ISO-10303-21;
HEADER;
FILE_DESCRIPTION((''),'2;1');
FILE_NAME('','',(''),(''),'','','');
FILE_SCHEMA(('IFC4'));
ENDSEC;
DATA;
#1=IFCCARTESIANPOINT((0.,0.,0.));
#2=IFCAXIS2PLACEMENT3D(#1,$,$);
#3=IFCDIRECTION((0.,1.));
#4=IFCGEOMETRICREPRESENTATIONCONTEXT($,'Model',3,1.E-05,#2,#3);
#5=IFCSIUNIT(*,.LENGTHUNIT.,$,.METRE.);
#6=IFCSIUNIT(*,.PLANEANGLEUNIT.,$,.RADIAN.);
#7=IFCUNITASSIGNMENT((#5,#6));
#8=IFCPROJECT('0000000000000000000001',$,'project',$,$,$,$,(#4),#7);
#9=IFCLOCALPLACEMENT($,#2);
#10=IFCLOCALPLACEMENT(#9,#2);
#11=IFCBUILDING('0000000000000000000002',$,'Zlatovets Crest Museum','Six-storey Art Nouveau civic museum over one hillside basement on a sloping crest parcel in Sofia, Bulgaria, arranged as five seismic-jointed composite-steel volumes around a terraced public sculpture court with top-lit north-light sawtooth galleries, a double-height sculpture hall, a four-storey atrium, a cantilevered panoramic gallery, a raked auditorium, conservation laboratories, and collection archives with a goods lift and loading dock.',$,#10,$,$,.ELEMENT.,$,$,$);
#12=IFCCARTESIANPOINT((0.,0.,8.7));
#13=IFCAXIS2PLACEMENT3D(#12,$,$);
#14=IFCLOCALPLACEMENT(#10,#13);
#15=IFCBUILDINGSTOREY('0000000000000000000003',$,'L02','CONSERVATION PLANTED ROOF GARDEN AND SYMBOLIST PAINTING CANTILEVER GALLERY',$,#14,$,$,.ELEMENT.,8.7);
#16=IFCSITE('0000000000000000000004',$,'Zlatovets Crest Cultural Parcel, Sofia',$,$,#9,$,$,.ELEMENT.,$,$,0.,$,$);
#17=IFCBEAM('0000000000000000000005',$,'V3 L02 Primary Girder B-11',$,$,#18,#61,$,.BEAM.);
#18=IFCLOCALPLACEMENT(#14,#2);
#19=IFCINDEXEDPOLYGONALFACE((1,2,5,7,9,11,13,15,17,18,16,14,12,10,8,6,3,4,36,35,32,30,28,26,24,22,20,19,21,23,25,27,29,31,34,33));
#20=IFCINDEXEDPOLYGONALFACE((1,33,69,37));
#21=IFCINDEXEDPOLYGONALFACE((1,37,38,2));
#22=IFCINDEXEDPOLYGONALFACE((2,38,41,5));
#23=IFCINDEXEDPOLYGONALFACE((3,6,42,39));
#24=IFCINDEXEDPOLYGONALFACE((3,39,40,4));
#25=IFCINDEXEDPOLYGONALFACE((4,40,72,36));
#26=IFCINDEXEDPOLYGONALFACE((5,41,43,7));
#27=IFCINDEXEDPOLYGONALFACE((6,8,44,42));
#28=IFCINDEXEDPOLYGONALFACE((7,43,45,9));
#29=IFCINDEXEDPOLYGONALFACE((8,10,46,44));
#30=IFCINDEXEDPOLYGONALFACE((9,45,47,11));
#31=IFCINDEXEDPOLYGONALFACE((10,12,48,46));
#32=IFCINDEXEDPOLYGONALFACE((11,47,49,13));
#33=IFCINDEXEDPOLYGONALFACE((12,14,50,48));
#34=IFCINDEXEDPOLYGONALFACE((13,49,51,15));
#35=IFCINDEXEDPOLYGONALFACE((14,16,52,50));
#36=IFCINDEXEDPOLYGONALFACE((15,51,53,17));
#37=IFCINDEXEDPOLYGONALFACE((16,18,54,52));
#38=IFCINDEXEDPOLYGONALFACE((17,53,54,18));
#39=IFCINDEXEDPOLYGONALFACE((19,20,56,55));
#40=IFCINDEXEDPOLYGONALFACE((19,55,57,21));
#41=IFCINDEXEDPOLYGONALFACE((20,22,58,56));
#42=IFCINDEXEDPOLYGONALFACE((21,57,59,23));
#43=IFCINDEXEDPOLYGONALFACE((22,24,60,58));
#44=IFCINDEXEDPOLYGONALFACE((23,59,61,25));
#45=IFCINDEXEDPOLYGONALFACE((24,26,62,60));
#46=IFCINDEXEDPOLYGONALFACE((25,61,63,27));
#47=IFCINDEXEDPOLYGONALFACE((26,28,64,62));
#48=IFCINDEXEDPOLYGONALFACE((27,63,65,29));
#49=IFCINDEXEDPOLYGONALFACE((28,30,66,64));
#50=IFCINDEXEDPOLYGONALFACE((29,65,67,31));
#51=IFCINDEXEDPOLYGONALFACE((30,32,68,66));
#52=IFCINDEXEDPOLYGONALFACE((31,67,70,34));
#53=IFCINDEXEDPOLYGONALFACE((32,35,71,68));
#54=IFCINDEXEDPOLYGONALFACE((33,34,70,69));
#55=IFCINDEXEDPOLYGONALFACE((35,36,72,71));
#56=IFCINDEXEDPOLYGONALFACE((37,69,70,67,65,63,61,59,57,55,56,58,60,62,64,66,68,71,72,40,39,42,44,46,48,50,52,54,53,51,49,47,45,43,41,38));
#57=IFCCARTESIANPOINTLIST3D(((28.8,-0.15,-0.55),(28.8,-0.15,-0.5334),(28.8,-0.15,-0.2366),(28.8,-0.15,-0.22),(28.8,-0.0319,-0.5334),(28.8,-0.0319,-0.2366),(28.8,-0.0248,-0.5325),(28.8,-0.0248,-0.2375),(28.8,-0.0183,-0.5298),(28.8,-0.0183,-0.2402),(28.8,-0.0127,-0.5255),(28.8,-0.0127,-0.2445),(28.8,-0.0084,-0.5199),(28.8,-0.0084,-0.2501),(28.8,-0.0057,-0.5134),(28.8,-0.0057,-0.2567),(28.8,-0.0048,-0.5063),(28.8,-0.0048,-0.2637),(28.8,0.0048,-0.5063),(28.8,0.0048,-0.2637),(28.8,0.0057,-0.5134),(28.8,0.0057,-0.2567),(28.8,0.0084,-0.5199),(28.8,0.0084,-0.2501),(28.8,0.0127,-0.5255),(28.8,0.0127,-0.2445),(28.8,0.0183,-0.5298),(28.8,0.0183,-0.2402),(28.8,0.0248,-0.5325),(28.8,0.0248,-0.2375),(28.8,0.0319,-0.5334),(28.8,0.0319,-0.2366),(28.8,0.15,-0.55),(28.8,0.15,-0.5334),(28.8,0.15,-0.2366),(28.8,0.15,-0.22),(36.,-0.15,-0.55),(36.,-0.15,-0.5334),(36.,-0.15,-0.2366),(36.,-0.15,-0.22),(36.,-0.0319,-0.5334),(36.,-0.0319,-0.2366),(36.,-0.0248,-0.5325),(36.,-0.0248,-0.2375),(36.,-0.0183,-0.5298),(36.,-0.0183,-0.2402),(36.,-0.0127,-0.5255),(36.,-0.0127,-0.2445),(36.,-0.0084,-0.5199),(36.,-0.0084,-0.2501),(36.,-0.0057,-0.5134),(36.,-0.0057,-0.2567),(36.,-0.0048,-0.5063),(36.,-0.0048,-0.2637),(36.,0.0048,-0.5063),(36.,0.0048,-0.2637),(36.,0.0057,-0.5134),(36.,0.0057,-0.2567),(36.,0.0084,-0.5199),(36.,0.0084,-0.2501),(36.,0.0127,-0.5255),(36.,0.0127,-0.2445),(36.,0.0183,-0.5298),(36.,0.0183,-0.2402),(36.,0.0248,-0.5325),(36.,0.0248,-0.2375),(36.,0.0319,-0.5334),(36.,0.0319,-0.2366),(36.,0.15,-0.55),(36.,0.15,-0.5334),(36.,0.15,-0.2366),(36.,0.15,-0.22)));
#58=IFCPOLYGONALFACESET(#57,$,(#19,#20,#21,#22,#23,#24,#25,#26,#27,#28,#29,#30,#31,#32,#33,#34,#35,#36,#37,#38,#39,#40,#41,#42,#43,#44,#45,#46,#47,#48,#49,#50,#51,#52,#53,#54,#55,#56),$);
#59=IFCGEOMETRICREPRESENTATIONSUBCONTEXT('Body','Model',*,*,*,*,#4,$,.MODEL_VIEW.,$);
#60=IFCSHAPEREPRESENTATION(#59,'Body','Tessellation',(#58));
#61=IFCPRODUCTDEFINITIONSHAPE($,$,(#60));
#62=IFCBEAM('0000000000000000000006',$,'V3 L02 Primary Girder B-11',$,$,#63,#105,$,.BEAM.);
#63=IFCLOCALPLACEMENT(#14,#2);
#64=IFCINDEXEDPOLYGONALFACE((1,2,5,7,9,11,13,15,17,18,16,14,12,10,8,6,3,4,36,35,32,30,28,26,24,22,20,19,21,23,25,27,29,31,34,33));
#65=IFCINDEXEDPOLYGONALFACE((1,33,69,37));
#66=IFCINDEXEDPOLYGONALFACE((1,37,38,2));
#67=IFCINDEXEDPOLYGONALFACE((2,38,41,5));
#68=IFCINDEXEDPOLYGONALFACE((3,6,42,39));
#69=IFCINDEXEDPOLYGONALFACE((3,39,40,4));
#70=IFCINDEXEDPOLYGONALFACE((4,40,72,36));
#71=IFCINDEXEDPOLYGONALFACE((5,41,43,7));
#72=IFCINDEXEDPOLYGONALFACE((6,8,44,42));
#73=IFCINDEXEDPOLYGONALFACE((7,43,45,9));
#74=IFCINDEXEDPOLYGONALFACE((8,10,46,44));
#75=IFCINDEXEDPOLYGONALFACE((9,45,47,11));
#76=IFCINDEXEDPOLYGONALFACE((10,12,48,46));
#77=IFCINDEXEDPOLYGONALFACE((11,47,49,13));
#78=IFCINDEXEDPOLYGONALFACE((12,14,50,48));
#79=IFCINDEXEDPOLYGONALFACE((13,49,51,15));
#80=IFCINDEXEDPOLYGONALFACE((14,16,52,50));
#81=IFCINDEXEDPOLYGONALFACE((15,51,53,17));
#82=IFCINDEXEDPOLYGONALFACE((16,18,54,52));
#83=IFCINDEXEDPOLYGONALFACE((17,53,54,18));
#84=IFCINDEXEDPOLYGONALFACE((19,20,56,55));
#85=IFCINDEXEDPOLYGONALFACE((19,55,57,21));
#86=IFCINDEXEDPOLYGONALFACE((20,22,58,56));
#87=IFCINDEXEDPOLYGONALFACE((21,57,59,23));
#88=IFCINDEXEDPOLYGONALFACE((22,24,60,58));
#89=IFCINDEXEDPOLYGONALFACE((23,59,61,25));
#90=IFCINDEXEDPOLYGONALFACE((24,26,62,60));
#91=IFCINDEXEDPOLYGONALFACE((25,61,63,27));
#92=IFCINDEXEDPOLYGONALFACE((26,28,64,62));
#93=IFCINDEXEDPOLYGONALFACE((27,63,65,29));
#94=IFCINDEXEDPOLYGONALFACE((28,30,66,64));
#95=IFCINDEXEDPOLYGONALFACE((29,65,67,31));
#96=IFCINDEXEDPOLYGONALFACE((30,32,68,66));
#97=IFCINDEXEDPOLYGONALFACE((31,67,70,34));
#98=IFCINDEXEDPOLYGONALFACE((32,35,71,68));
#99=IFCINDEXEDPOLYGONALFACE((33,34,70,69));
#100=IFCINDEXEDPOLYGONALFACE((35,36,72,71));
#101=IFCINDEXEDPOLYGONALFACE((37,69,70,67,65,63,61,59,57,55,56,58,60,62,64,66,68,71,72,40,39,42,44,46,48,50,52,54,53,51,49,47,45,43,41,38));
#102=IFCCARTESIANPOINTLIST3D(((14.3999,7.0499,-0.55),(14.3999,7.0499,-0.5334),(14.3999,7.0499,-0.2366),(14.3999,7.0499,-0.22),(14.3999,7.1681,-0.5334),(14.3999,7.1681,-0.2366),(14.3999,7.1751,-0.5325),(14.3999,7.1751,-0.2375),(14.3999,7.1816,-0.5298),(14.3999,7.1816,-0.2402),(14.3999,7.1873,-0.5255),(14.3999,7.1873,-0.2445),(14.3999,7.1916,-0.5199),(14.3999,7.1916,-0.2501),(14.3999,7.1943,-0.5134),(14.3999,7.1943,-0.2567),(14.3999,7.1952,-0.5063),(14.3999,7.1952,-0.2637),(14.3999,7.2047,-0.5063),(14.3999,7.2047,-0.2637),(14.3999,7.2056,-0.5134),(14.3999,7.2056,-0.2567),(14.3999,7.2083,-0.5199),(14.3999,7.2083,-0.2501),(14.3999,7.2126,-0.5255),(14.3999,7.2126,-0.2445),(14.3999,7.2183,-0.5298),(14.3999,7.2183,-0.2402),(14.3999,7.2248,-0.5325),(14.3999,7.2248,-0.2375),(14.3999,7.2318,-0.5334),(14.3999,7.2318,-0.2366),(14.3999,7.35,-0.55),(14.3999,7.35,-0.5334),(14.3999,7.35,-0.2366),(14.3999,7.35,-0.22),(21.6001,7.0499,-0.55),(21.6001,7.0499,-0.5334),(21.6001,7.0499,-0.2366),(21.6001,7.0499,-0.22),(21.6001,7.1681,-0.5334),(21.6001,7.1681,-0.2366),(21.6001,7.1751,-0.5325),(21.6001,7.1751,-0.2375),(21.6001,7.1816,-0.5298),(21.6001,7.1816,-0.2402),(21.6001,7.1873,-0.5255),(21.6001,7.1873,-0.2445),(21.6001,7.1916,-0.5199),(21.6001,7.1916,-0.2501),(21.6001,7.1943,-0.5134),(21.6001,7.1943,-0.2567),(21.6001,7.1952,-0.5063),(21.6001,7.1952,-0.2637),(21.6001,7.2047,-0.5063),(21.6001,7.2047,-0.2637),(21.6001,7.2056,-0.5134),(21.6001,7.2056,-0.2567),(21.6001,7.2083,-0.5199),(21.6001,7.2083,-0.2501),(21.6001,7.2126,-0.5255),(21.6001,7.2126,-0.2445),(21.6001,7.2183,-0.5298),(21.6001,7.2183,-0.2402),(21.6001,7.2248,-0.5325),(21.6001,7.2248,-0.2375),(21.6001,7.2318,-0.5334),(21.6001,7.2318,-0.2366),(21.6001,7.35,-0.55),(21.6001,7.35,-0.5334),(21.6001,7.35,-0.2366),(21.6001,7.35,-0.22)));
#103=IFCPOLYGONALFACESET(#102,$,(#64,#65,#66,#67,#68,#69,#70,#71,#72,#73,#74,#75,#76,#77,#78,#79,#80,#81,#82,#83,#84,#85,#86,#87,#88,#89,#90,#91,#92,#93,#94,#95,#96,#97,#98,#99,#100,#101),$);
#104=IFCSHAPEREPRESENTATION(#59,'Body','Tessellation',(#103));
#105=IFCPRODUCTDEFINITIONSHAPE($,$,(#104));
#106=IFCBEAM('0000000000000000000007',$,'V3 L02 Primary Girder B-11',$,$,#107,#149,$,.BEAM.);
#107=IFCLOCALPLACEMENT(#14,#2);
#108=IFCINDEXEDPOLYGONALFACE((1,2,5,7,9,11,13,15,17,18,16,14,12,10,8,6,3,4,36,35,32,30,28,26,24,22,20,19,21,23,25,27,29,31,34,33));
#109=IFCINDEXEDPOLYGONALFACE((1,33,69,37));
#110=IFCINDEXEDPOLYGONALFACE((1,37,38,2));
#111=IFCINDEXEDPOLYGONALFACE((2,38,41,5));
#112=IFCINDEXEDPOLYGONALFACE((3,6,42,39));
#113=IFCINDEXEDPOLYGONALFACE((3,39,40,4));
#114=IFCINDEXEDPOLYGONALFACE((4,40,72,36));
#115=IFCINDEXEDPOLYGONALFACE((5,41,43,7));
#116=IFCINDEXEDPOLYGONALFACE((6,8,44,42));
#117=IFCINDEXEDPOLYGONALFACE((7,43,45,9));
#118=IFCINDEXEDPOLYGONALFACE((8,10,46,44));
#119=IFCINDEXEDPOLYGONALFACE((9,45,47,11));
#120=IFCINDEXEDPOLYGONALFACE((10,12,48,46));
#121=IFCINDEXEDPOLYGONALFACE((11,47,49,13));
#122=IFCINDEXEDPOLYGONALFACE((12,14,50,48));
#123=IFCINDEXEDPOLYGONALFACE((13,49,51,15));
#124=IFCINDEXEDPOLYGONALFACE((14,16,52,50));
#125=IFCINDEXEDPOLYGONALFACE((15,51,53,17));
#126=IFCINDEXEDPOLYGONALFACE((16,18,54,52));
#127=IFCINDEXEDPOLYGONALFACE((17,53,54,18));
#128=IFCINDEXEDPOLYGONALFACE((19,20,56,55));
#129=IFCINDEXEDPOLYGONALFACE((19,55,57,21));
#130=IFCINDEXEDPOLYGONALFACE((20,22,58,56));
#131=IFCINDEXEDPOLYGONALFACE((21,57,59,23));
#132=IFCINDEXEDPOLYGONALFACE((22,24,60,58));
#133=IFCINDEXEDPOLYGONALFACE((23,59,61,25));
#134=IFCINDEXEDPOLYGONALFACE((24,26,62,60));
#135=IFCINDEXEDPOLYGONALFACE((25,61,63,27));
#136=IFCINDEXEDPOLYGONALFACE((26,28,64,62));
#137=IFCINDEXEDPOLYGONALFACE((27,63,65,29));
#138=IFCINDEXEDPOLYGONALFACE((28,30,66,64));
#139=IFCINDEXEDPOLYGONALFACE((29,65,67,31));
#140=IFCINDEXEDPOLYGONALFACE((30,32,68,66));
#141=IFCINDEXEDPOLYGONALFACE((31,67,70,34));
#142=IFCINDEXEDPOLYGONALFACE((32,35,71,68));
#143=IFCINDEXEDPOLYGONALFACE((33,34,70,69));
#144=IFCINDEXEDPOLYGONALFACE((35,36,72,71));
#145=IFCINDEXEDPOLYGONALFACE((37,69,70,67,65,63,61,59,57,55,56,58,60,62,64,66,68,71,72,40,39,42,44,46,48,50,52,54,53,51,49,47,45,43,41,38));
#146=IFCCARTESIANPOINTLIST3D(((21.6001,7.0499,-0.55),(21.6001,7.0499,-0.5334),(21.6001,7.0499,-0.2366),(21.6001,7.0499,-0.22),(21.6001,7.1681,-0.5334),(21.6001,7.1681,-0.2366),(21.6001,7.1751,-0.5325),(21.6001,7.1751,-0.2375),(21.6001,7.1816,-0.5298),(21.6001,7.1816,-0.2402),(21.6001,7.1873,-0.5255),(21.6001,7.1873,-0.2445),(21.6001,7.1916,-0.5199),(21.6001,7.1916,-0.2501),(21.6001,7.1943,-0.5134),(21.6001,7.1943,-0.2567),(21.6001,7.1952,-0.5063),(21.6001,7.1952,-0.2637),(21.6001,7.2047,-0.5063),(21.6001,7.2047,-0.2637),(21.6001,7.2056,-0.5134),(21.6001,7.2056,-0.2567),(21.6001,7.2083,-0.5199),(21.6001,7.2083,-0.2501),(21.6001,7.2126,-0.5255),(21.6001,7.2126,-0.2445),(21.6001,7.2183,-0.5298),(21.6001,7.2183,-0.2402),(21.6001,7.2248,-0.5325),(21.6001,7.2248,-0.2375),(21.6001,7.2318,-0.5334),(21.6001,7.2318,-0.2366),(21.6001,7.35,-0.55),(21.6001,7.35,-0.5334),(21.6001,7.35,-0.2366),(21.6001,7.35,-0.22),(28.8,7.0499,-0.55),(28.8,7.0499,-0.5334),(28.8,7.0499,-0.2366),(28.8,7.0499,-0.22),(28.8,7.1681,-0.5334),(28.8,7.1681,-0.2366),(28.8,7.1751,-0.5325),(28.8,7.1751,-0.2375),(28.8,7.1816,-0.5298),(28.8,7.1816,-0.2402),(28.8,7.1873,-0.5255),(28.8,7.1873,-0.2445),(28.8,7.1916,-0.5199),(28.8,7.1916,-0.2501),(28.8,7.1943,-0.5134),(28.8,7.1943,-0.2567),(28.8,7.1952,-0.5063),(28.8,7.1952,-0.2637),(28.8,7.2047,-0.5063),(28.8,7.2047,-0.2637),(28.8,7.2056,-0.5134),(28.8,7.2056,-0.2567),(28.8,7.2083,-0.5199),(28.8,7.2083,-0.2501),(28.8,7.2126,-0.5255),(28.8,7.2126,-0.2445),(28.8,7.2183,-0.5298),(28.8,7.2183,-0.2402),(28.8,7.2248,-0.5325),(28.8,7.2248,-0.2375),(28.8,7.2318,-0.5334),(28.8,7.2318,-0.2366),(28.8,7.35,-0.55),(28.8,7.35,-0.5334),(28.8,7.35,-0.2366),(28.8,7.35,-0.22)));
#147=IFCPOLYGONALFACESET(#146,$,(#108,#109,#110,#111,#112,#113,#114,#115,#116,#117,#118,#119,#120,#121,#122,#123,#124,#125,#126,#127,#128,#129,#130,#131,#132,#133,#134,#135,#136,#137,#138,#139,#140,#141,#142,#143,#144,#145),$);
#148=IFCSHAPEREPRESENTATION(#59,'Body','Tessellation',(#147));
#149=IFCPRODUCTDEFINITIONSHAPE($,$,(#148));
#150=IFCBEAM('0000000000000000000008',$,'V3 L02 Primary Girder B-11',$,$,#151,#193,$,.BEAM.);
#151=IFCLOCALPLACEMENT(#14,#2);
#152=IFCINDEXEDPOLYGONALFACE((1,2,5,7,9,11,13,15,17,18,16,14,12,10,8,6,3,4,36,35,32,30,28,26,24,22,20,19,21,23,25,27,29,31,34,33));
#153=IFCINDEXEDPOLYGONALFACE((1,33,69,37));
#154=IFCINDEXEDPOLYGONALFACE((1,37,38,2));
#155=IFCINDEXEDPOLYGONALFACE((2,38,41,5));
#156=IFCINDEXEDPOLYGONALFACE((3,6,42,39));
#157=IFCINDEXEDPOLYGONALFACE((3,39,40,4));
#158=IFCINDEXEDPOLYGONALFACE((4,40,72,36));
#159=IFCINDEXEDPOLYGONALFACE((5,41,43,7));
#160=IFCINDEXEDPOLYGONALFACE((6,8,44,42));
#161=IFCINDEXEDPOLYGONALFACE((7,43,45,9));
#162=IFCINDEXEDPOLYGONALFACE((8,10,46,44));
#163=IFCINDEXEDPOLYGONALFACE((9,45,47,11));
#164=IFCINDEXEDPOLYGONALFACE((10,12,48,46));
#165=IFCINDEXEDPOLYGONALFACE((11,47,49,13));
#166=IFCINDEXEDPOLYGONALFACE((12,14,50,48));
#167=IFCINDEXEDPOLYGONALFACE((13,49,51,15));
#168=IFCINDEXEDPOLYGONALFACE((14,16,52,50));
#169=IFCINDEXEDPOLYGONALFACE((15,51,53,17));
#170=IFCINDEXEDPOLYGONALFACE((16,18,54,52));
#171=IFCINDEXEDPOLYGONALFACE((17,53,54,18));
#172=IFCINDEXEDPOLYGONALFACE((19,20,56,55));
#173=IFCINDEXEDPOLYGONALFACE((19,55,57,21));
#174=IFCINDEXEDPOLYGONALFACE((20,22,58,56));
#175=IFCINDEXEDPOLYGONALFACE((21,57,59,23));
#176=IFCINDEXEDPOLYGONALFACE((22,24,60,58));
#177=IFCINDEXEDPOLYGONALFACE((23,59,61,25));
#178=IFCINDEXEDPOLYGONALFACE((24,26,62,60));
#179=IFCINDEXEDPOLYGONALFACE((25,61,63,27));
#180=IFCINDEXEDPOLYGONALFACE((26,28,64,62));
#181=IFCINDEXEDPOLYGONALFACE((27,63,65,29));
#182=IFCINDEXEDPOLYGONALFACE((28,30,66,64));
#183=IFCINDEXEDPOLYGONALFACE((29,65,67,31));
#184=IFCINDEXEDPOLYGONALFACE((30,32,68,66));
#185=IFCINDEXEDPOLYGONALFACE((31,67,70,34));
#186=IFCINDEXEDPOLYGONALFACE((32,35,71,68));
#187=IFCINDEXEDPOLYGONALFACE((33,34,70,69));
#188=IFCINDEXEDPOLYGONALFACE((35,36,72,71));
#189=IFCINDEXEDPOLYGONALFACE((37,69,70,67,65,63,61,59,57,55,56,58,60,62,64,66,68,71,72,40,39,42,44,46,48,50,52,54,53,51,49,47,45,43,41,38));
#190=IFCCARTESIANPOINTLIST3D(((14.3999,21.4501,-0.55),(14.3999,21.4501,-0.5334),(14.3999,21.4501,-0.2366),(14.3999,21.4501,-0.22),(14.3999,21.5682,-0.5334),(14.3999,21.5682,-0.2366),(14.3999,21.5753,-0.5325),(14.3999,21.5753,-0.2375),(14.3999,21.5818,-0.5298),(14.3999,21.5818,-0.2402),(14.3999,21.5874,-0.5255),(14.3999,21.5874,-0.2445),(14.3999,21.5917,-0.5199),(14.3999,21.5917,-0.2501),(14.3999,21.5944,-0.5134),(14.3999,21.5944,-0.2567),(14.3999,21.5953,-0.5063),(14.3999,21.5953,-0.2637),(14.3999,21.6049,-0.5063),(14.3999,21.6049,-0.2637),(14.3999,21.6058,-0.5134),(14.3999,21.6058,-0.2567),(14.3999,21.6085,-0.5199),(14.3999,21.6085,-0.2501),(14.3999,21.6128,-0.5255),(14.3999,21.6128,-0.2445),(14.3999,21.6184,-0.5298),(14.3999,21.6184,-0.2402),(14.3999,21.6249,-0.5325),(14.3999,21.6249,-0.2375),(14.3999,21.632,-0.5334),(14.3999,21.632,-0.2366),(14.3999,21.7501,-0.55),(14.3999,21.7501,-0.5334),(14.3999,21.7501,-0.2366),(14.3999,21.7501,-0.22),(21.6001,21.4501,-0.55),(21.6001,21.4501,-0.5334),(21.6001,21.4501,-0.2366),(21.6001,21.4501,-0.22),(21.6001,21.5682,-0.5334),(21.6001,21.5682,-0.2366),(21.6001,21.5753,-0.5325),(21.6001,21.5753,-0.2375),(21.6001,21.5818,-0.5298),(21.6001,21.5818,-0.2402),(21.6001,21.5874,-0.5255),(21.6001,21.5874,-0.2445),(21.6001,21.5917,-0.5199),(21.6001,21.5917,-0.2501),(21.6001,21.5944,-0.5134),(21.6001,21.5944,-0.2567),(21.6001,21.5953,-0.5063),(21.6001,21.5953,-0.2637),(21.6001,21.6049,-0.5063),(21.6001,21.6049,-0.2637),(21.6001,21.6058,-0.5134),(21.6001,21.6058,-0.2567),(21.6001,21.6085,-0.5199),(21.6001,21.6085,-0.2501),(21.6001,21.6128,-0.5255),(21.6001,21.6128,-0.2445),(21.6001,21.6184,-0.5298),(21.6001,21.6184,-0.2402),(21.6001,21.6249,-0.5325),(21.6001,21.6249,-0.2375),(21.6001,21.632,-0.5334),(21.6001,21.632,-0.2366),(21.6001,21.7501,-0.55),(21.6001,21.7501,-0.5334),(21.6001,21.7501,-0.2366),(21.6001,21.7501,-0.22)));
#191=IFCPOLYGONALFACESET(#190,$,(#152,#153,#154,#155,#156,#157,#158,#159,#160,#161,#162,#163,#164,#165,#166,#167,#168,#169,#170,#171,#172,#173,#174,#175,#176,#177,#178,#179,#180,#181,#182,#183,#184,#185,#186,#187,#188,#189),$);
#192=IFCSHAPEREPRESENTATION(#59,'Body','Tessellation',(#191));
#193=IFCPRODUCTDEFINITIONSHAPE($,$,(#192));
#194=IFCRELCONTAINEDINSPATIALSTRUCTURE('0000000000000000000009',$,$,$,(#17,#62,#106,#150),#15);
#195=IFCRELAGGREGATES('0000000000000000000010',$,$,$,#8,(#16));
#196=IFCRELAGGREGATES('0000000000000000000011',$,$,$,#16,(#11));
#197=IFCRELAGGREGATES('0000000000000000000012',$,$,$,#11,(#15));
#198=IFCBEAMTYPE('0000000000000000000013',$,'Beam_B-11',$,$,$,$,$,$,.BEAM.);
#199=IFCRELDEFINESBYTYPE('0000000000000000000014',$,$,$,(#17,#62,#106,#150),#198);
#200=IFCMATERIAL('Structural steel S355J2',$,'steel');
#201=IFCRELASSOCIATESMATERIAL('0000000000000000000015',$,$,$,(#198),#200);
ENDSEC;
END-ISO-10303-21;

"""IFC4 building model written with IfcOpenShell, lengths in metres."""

from ifc_helpers import new_model, si_unit, direction, frame, origin, origin_2d, place, context, subcontext, project, spatial, i_section, extrude, material, material_profile, profile_set, type_object, element, save


model = new_model("IFC4")

# Units and contexts
model_context = context("Model", 3, precision=1e-05, world=origin(), true_north=direction((0.0, 1.0)))
body_context = subcontext(model_context, "Body", "Model", "MODEL_VIEW")
ifc_project = project(units=[si_unit("LENGTHUNIT", "METRE"), si_unit("PLANEANGLEUNIT", "RADIAN")], contexts=[model_context])

# Site, building, storey
site_placement = place(None, origin())
site = spatial("IfcSite", under=ifc_project, at=site_placement, Name="Zlatovets Crest Cultural Parcel, Sofia", CompositionType="ELEMENT", RefElevation=0.0)
building_placement = place(site_placement, origin())
building = spatial("IfcBuilding", under=site, at=building_placement, Name="Zlatovets Crest Museum", Description="Six-storey Art Nouveau civic museum over one hillside basement on a sloping crest parcel in Sofia, Bulgaria, arranged as five seismic-jointed composite-steel volumes around a terraced public sculpture court with top-lit north-light sawtooth galleries, a double-height sculpture hall, a four-storey atrium, a cantilevered panoramic gallery, a raked auditorium, conservation laboratories, and collection archives with a goods lift and loading dock.", CompositionType="ELEMENT")
storey_placement = place(building_placement, frame((0.0, 0.0, 8.7)))
storey = spatial("IfcBuildingStorey", under=building, at=storey_placement, Name="L02", Description="CONSERVATION PLANTED ROOF GARDEN AND SYMBOLIST PAINTING CANTILEVER GALLERY", CompositionType="ELEMENT", Elevation=8.7)

# Shared definitions
ifc_material_1 = material(Name="Structural steel S355J2", Category="steel")

# Beams
ifc_material_profile_1 = material_profile(ifc_material_1, i_section(OverallWidth=0.3, OverallDepth=0.3301, WebThickness=0.0095, FlangeThickness=0.0166, FilletRadius=0.0271, at=origin_2d()), Name="HEA 340")
ifc_profile_set_1 = profile_set([ifc_material_profile_1], Name="Structural steel S355J2")
beam_type_1 = type_object("IfcBeamType", Name="Beam_B-11", PredefinedType="BEAM", material=ifc_profile_set_1)
for number, where, z_axis, x_axis, name in (
    (1, (28.8, 0.0, -0.385), (1.0, 0.0, 0.0), (0.0, 1.0, 0.0), "V3 L02 Primary Girder B-11"),
):
    element("IfcBeam", number, at=place(storey_placement, frame(where, z_axis=z_axis, x_axis=x_axis)), inside=storey, type_object=beam_type_1, Name=name, PredefinedType="BEAM", context=body_context, shape_type="SweptSolid", body=[
        extrude(i_section(OverallWidth=0.3, OverallDepth=0.3301, WebThickness=0.0095, FlangeThickness=0.0166, FilletRadius=0.0271, at=origin_2d()), origin(), (0.0, 0.0, 1.0), 7.2),
    ])
beam_1_placement = place(storey_placement, frame((14.3999, 7.2, -0.385), z_axis=(1.0, 0.0, 0.0), x_axis=(0.0, 1.0, 0.0)))
element("IfcBeam", 2, at=beam_1_placement, inside=storey, type_object=beam_type_1, Name="V3 L02 Primary Girder B-11", PredefinedType="BEAM", context=body_context, shape_type="SweptSolid", body=[
    extrude(i_section(OverallWidth=0.3, OverallDepth=0.3301, WebThickness=0.0095, FlangeThickness=0.0166, FilletRadius=0.0271, at=origin_2d()), origin(), (0.0, 0.0, 1.0), 7.2002),
])
beam_2_placement = place(storey_placement, frame((21.6001, 7.2, -0.385), z_axis=(1.0, 0.0, 0.0), x_axis=(0.0, 1.0, 0.0)))
element("IfcBeam", 3, at=beam_2_placement, inside=storey, type_object=beam_type_1, Name="V3 L02 Primary Girder B-11", PredefinedType="BEAM", context=body_context, shape_type="SweptSolid", body=[
    extrude(i_section(OverallWidth=0.3, OverallDepth=0.3301, WebThickness=0.0095, FlangeThickness=0.0166, FilletRadius=0.0271, at=origin_2d()), origin(), (0.0, 0.0, 1.0), 7.2),
])
beam_3_placement = place(storey_placement, frame((14.3999, 21.6001, -0.385), z_axis=(1.0, 0.0, 0.0), x_axis=(0.0, 1.0, 0.0)))
element("IfcBeam", 4, at=beam_3_placement, inside=storey, type_object=beam_type_1, Name="V3 L02 Primary Girder B-11", PredefinedType="BEAM", context=body_context, shape_type="SweptSolid", body=[
    extrude(i_section(OverallWidth=0.3, OverallDepth=0.3301, WebThickness=0.0095, FlangeThickness=0.0166, FilletRadius=0.0271, at=origin_2d()), origin(), (0.0, 0.0, 1.0), 7.2002),
])

save(model, "model.ifc")
